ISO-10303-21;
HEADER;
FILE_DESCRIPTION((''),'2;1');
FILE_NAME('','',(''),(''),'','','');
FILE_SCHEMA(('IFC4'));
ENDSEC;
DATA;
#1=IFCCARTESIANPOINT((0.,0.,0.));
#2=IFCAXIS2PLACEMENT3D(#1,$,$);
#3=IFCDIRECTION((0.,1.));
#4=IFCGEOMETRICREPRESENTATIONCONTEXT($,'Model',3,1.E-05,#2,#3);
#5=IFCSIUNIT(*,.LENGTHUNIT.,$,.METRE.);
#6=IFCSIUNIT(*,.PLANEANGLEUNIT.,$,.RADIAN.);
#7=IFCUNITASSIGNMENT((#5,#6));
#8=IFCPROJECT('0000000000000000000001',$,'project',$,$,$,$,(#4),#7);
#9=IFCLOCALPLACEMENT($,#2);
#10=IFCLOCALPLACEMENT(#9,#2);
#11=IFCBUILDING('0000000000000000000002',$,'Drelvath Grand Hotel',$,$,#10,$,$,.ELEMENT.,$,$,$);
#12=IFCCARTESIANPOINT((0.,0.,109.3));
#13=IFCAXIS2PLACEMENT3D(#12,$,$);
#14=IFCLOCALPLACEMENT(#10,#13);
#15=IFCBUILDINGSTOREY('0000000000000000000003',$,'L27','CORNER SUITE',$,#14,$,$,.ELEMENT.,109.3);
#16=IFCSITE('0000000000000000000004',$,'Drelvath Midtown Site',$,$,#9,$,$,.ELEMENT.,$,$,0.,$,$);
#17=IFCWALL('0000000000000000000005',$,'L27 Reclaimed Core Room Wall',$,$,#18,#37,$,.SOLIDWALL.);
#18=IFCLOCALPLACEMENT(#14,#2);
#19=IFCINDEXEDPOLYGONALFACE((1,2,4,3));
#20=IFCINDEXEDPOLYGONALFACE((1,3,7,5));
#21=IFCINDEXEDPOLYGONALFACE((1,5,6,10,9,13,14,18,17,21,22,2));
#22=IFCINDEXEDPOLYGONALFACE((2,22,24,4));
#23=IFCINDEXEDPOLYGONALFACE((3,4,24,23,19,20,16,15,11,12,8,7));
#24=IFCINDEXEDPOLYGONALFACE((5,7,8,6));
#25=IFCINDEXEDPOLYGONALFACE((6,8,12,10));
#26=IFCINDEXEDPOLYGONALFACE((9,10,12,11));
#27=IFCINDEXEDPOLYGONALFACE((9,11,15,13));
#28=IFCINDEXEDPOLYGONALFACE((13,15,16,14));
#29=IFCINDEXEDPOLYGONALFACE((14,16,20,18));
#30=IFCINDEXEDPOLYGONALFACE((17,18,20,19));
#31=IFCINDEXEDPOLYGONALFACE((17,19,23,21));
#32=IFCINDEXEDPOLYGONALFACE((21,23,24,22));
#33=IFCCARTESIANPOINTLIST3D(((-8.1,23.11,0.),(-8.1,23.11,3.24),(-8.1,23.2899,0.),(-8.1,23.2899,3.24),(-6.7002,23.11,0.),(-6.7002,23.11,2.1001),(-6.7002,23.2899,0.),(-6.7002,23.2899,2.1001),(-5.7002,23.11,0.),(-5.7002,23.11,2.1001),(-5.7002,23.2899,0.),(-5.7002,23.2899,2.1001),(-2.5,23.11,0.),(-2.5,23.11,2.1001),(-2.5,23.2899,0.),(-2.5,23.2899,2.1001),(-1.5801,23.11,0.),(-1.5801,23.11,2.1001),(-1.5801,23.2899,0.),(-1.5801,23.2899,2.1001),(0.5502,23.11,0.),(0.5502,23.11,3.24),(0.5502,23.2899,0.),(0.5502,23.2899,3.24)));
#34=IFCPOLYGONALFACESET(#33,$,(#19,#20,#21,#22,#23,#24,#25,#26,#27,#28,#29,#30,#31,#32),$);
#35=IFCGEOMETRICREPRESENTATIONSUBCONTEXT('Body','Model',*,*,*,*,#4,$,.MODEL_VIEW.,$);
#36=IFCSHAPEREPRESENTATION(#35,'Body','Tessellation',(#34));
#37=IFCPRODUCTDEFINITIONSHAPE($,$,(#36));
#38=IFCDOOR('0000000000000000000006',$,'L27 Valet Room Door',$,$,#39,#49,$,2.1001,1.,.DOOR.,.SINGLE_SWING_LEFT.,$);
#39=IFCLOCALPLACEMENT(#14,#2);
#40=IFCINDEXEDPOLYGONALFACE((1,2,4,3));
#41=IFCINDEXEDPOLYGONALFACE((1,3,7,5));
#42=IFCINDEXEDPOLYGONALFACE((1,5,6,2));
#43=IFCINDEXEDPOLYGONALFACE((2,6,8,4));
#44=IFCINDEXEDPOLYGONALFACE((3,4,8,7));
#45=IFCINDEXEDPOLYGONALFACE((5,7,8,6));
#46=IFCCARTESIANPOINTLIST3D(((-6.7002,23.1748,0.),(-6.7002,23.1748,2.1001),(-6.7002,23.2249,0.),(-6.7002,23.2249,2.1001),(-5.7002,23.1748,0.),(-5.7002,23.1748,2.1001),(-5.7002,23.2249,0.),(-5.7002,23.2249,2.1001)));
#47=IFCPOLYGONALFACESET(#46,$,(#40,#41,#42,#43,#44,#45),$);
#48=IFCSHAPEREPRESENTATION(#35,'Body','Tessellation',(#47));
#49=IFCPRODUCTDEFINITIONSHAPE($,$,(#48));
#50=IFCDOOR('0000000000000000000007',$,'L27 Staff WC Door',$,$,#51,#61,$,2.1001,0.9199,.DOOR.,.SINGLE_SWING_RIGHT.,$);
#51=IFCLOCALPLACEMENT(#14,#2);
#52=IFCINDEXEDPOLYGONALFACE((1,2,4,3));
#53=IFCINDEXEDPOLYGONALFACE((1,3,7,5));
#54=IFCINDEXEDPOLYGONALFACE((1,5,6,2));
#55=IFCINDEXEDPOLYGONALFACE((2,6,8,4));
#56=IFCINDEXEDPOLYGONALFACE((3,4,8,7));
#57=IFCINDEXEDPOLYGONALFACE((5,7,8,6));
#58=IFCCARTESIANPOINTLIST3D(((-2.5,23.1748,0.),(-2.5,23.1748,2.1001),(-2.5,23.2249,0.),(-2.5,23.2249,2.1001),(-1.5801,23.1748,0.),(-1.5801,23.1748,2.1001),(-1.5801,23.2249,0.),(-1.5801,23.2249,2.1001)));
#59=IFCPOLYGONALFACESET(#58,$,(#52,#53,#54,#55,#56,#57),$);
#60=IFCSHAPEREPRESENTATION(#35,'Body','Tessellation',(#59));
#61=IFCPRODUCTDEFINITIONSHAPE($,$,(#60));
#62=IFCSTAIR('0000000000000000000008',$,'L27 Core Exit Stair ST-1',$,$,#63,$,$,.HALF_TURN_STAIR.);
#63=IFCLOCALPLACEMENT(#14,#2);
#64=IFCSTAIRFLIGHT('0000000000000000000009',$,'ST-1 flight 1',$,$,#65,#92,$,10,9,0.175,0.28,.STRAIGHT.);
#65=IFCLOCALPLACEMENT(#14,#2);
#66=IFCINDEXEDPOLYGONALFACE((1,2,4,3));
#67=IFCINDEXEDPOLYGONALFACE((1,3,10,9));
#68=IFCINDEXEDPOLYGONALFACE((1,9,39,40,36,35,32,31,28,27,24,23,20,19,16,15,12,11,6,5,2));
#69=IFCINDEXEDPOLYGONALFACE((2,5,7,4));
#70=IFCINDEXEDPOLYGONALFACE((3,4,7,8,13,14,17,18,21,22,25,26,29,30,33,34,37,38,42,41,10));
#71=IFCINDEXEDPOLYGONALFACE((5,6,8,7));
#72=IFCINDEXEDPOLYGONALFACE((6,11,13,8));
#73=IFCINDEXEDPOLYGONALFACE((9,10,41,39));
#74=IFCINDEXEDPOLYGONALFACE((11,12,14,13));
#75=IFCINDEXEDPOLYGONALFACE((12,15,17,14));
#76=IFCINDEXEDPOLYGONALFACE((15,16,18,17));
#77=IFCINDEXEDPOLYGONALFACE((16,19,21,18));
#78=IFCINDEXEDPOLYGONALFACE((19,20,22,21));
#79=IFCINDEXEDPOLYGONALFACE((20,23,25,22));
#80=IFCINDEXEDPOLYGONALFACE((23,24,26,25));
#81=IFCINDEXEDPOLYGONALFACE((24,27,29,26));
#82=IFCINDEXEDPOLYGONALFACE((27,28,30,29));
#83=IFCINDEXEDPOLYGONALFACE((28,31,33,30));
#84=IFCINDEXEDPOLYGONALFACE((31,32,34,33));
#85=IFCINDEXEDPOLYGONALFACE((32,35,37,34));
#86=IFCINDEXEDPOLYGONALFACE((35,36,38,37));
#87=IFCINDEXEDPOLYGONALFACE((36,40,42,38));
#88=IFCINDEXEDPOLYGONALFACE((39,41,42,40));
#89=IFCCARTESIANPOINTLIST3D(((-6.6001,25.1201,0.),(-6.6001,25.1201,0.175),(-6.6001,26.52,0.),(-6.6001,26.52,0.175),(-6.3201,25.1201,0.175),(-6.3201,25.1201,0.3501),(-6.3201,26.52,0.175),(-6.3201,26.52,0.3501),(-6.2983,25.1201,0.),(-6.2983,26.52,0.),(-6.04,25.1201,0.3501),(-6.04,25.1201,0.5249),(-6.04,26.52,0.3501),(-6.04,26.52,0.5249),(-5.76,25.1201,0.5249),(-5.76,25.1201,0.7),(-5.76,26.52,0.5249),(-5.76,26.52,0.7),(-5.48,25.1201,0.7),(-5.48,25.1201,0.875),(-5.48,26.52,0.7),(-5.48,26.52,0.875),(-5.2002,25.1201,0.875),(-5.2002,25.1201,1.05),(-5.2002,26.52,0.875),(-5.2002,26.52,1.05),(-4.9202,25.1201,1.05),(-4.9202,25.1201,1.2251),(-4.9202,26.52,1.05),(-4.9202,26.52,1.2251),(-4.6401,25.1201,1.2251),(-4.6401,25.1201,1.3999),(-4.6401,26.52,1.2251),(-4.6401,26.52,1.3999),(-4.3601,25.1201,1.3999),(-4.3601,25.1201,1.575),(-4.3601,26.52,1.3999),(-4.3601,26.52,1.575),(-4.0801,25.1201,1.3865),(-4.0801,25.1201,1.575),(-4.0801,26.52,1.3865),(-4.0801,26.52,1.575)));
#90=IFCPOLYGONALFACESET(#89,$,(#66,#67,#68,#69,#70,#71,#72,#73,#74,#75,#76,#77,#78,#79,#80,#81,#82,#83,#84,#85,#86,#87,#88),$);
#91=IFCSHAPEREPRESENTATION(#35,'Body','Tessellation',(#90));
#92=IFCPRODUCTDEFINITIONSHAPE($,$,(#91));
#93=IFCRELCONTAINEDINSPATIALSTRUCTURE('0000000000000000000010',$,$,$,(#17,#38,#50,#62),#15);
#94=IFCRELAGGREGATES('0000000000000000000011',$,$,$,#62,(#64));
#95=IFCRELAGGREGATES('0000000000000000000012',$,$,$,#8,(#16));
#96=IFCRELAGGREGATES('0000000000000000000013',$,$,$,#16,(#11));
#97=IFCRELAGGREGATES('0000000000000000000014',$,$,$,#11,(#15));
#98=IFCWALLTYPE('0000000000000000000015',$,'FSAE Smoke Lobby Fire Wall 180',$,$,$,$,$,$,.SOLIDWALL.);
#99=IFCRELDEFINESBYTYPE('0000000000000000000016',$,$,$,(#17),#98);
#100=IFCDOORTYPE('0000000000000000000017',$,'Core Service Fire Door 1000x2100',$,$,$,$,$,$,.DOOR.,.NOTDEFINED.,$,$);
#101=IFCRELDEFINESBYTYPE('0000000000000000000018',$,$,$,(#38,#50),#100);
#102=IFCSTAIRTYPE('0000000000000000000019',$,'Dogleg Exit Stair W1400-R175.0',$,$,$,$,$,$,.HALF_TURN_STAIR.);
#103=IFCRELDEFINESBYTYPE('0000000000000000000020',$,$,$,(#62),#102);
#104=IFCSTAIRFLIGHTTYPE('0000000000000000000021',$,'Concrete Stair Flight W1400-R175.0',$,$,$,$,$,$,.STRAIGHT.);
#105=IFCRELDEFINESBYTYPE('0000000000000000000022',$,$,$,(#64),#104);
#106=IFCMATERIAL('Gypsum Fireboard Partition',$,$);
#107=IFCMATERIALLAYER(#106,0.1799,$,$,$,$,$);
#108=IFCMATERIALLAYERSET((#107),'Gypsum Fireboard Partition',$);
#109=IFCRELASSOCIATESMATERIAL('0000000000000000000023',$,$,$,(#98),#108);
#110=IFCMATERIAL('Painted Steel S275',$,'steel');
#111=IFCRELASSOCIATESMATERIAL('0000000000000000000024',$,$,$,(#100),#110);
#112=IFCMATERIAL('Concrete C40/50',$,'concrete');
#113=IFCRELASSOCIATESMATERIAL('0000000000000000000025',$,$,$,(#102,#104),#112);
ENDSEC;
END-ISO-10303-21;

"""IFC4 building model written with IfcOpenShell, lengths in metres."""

from ifc_helpers import new_model, si_unit, direction, frame, frame_2d, origin, place, context, subcontext, project, spatial, polyline, rectangle, outline, extrude, material, layer, layer_set, type_object, element, fill, aggregate, save


model = new_model("IFC4")

# Units and contexts
model_context = context("Model", 3, precision=1e-05, world=origin(), true_north=direction((0.0, 1.0)))
body_context = subcontext(model_context, "Body", "Model", "MODEL_VIEW")
ifc_project = project(units=[si_unit("LENGTHUNIT", "METRE"), si_unit("PLANEANGLEUNIT", "RADIAN")], contexts=[model_context])

# Site, building, storey
site_placement = place(None, origin())
site = spatial("IfcSite", under=ifc_project, at=site_placement, Name="Drelvath Midtown Site", CompositionType="ELEMENT", RefElevation=0.0)
building_placement = place(site_placement, origin())
building = spatial("IfcBuilding", under=site, at=building_placement, Name="Drelvath Grand Hotel", CompositionType="ELEMENT")
storey_placement = place(building_placement, frame((0.0, 0.0, 109.3)))
storey = spatial("IfcBuildingStorey", under=building, at=storey_placement, Name="L27", Description="CORNER SUITE", CompositionType="ELEMENT", Elevation=109.3)

# Shared definitions
ifc_material_1 = material(Name="Concrete C40/50", Category="concrete")
ifc_material_2 = material(Name="Painted Steel S275", Category="steel")
ifc_material_3 = material(Name="Gypsum Fireboard Partition")

# Wall, openings, doors
ifc_layer_1 = layer(ifc_material_3, 0.1799)
ifc_layer_set_1 = layer_set([ifc_layer_1], Name="Gypsum Fireboard Partition")
wall_type_1 = type_object("IfcWallType", Name="FSAE Smoke Lobby Fire Wall 180", PredefinedType="SOLIDWALL", material=ifc_layer_set_1)
wall_1_placement = place(storey_placement, frame((-8.1001, 23.2, 0.0), z_axis=(0.0, 0.0, 1.0), x_axis=(1.0, 0.0, 0.0)))
wall_1 = element("IfcWall", 1, at=wall_1_placement, inside=storey, type_object=wall_type_1, Name="L27 Reclaimed Core Room Wall", PredefinedType="SOLIDWALL", context=body_context, shape_type="SweptSolid", body=[
    extrude(rectangle(XDim=8.6501, YDim=0.1799, at=frame_2d((4.3252, 0.0))), origin(), (0.0, 0.0, 1.0), 3.24),
])
opening_1_placement = place(wall_1_placement, frame((1.3999, 0.0, 0.0)))
opening_1 = element("IfcOpeningElement", 2, at=opening_1_placement, cuts=wall_1, PredefinedType="OPENING", context=body_context, shape_type="SweptSolid", body=[
    extrude(rectangle(XDim=1.0, YDim=2.1001, at=frame_2d((0.5, 1.05))), frame((0.0, 0.0999, 0.0), z_axis=(0.0, -1.0, 0.0), x_axis=(1.0, 0.0, 0.0)), (0.0, 0.0, 1.0), 0.2),
])
opening_2_placement = place(wall_1_placement, frame((5.6001, 0.0, 0.0)))
opening_2 = element("IfcOpeningElement", 3, at=opening_2_placement, cuts=wall_1, PredefinedType="OPENING", context=body_context, shape_type="SweptSolid", body=[
    extrude(rectangle(XDim=0.9199, YDim=2.1001, at=frame_2d((0.46, 1.05))), frame((0.0, 0.0999, 0.0), z_axis=(0.0, -1.0, 0.0), x_axis=(1.0, 0.0, 0.0)), (0.0, 0.0, 1.0), 0.2),
])
door_type_1 = type_object("IfcDoorType", Name="Core Service Fire Door 1000x2100", OperationType="NOTDEFINED", PredefinedType="DOOR", material=ifc_material_2)
door_1_placement = place(opening_1_placement, origin())
door_1 = element("IfcDoor", 4, at=door_1_placement, inside=storey, type_object=door_type_1, Name="L27 Valet Room Door", OperationType="SINGLE_SWING_LEFT", OverallHeight=2.1001, OverallWidth=1.0, PredefinedType="DOOR", context=body_context, shape_type="SweptSolid", body=[
    extrude(rectangle(XDim=1.0, YDim=2.1001, at=frame_2d((0.5, 1.05))), frame((0.0, 0.0249, 0.0), z_axis=(0.0, -1.0, 0.0), x_axis=(1.0, 0.0, 0.0)), (0.0, 0.0, 1.0), 0.05),
])
fill(opening_1, door_1)
door_2_placement = place(opening_2_placement, origin())
door_2 = element("IfcDoor", 5, at=door_2_placement, inside=storey, type_object=door_type_1, Name="L27 Staff WC Door", OperationType="SINGLE_SWING_RIGHT", OverallHeight=2.1001, OverallWidth=0.9199, PredefinedType="DOOR", context=body_context, shape_type="SweptSolid", body=[
    extrude(rectangle(XDim=0.9199, YDim=2.1001, at=frame_2d((0.46, 1.05))), frame((0.0, 0.0249, 0.0), z_axis=(0.0, -1.0, 0.0), x_axis=(1.0, 0.0, 0.0)), (0.0, 0.0, 1.0), 0.05),
])
fill(opening_2, door_2)

# Stair, stair flight
stair_type = type_object("IfcStairType", Name="Dogleg Exit Stair W1400-R175.0", PredefinedType="HALF_TURN_STAIR", material=ifc_material_1)
stair_placement = place(storey_placement, origin())
stair = element("IfcStair", 6, at=stair_placement, inside=storey, type_object=stair_type, Name="L27 Core Exit Stair ST-1", PredefinedType="HALF_TURN_STAIR")
stair_flight_type = type_object("IfcStairFlightType", Name="Concrete Stair Flight W1400-R175.0", PredefinedType="STRAIGHT", material=ifc_material_1)
stair_flight_placement = place(storey_placement, frame((-6.6001, 25.8201, 0.0), z_axis=(0.0, 0.0, 1.0), x_axis=(1.0, 0.0, 0.0)))
stair_flight = element("IfcStairFlight", 7, at=stair_flight_placement, type_object=stair_flight_type, Name="ST-1 flight 1", NumberOfRisers=10, NumberOfTreads=9, PredefinedType="STRAIGHT", RiserHeight=0.175, TreadLength=0.28, context=body_context, shape_type="SweptSolid", body=[
    extrude(outline(polyline([(0.0, 0.0), (0.0, 0.175), (0.28, 0.175), (0.28, 0.3501), (0.5601, 0.3501), (0.5601, 0.5249), (0.8401, 0.5249), (0.8401, 0.7), (1.1201, 0.7), (1.1201, 0.875), (1.3999, 0.875), (1.3999, 1.05), (1.6799, 1.05), (1.6799, 1.2251), (1.96, 1.2251), (1.96, 1.3999), (2.24, 1.3999), (2.24, 1.575), (2.52, 1.575), (2.52, 1.75), (2.52, 1.3865), (0.3018, 0.0), (0.0, 0.0)])), frame((0.0, 0.7, 0.0), z_axis=(0.0, -1.0, 0.0), x_axis=(1.0, 0.0, 0.0)), (0.0, 0.0, 1.0), 1.3999),
])
aggregate(stair, [stair_flight])

save(model, "model.ifc")
